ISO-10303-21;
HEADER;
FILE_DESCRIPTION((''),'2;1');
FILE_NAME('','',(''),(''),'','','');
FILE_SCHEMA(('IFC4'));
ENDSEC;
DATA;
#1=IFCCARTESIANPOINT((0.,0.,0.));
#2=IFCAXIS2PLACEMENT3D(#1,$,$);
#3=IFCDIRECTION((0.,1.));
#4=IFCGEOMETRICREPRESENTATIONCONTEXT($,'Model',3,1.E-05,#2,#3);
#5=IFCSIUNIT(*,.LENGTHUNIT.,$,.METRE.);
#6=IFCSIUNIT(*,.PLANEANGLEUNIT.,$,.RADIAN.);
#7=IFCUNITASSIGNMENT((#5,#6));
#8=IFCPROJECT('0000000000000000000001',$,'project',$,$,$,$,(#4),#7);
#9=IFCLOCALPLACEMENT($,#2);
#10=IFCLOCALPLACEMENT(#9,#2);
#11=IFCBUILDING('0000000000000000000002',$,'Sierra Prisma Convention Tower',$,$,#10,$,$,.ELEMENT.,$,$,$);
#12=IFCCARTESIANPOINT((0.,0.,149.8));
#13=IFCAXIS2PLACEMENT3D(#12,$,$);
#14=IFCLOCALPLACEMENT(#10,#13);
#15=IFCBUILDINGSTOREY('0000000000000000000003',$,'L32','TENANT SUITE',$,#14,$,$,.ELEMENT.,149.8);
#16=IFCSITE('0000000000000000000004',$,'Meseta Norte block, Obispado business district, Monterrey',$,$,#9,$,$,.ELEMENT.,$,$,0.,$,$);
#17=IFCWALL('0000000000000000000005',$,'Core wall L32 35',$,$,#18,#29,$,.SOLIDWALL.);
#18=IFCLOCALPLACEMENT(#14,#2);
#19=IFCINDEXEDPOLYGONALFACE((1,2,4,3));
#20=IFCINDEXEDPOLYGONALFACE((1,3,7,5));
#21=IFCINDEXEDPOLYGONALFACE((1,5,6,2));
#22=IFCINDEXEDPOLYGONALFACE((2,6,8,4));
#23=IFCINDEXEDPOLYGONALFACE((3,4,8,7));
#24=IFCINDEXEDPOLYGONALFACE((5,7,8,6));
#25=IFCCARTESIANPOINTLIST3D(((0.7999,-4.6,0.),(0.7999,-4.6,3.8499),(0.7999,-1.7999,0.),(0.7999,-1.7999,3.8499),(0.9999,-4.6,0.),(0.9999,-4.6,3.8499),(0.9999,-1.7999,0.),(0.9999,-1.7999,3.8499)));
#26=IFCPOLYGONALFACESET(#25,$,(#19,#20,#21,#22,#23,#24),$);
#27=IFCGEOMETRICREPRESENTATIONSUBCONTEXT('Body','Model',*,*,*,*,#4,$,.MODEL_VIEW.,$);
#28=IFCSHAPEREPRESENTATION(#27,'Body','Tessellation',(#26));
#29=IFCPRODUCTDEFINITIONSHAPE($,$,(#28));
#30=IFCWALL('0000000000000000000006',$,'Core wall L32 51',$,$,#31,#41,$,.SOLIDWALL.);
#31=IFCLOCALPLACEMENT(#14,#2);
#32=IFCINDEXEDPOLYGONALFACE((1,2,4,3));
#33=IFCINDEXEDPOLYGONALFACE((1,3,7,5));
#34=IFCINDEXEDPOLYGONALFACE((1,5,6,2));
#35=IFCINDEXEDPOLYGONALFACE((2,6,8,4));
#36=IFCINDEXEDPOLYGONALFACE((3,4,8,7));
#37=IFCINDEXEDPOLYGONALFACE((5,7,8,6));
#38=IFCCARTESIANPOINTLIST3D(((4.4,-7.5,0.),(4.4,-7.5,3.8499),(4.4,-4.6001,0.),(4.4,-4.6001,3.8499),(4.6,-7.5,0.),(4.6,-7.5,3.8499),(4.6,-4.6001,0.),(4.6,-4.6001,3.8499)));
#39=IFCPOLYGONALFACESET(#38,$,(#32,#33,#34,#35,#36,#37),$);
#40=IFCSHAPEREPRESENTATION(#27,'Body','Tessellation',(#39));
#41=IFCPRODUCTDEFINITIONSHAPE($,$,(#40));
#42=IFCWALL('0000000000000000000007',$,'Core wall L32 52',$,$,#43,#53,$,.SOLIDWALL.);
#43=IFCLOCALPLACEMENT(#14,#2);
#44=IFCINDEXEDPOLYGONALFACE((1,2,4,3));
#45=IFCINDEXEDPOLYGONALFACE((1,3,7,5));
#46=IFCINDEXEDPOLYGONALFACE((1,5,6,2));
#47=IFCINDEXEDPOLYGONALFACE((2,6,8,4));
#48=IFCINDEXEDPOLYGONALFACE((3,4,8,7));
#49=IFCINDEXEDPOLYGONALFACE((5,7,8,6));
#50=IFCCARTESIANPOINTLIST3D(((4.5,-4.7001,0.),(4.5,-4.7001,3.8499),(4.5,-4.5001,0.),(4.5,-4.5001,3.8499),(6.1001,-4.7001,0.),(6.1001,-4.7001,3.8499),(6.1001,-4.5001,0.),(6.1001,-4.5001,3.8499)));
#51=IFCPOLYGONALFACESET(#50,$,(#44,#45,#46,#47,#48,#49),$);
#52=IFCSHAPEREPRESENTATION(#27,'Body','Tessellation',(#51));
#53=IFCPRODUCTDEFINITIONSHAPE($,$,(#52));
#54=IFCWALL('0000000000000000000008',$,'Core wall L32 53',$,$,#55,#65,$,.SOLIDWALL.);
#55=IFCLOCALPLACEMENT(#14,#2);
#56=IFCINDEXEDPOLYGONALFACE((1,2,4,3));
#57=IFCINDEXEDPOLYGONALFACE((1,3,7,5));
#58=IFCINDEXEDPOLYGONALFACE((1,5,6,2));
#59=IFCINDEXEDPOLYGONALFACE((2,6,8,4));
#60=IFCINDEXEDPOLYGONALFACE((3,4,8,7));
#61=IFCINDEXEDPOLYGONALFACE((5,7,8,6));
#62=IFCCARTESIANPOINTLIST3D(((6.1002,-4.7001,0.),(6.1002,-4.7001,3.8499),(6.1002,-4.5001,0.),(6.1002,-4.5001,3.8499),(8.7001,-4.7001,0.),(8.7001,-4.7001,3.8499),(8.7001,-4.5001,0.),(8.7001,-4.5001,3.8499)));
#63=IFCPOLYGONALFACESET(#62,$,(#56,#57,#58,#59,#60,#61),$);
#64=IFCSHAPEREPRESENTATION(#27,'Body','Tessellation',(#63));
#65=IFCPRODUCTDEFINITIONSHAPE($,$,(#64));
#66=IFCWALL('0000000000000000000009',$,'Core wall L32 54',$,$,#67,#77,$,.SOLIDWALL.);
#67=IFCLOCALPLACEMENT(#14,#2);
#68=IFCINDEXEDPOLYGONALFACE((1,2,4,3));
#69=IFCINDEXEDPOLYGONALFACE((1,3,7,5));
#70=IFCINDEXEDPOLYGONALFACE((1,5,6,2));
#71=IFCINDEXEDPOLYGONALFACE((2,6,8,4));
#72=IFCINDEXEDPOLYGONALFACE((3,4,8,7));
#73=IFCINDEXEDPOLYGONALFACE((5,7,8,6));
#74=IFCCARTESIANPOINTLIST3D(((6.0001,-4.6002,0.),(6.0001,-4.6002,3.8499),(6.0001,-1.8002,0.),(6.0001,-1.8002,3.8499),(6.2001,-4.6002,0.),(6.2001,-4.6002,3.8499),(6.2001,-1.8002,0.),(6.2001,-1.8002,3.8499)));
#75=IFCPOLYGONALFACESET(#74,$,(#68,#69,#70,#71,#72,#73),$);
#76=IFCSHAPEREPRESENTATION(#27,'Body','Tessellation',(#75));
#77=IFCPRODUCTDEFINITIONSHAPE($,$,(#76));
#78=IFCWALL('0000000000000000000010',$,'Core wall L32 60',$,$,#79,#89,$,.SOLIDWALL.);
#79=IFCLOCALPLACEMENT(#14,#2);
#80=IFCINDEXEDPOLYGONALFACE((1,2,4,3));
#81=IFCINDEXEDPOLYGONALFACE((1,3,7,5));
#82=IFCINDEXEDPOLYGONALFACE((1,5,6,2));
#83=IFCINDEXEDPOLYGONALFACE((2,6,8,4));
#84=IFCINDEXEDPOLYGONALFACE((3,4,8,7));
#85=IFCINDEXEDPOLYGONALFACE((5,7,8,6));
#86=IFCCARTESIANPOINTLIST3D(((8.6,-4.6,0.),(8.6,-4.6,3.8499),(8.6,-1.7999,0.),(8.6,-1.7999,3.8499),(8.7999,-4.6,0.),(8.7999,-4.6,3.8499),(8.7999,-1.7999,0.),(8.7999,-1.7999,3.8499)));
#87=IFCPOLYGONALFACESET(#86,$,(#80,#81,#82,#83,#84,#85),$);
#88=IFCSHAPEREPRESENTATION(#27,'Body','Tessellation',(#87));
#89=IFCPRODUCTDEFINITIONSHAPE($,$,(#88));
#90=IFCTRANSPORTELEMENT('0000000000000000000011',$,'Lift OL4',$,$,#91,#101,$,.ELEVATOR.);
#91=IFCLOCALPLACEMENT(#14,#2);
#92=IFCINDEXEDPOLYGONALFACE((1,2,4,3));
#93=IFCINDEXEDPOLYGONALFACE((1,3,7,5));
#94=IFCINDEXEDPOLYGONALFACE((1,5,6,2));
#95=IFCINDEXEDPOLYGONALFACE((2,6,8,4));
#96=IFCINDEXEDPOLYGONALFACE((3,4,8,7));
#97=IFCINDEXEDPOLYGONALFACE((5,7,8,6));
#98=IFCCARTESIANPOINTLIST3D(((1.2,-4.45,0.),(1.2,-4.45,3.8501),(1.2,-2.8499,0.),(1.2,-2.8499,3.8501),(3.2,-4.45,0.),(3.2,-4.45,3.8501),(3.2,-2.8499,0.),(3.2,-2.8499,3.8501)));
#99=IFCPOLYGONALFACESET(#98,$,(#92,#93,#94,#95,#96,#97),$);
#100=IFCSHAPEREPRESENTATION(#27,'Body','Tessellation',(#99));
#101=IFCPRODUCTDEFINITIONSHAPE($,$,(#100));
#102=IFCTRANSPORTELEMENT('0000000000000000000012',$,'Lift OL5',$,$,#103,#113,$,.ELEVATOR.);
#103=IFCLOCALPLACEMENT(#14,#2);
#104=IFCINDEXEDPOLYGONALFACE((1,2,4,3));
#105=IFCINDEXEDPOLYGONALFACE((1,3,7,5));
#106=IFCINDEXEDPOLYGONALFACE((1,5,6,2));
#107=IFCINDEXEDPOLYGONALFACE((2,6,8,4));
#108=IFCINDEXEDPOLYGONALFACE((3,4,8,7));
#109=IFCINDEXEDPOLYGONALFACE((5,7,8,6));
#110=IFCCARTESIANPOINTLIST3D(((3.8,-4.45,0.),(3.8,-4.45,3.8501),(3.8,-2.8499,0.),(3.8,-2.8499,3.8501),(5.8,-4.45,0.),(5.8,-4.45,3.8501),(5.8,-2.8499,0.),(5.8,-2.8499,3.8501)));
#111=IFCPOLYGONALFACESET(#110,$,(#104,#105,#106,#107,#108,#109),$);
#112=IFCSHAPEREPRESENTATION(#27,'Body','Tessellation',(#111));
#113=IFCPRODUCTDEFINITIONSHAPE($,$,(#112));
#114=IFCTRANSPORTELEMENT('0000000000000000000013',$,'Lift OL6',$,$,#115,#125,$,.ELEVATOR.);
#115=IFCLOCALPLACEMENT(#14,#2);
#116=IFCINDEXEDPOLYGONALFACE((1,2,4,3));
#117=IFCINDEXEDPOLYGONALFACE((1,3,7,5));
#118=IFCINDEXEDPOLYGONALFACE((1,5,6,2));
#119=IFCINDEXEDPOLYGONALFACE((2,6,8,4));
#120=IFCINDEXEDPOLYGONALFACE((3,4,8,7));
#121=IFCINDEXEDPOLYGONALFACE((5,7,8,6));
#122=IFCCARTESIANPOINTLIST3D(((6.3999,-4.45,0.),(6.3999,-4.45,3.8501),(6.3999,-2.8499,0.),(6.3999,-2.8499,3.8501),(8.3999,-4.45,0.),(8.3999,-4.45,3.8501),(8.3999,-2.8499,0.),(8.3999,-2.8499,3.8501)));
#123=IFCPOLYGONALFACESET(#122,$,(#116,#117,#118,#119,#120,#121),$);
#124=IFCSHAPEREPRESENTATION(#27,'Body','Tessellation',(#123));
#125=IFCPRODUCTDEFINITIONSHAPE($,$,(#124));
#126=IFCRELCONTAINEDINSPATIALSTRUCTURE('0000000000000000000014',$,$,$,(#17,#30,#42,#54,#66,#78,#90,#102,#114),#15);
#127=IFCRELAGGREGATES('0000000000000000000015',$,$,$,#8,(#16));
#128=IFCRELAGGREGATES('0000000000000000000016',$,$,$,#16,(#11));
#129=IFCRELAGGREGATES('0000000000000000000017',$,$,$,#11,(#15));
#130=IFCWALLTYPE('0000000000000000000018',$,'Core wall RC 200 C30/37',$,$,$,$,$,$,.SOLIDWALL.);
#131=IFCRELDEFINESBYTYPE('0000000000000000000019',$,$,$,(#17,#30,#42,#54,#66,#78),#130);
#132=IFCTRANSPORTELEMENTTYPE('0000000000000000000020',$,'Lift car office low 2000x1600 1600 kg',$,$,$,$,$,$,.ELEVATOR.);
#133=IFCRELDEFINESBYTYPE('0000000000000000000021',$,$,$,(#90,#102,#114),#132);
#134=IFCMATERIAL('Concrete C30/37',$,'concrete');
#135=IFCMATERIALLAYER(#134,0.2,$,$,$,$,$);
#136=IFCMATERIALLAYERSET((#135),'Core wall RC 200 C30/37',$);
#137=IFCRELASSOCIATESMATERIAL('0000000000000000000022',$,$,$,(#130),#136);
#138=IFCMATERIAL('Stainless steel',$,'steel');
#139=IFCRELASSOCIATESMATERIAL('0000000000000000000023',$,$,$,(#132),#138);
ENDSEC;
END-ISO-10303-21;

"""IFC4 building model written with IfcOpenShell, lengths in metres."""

from ifc_helpers import new_model, si_unit, direction, frame, frame_2d, origin, origin_2d, place, context, subcontext, project, spatial, rectangle, extrude, material, layer, layer_set, type_object, element, save


model = new_model("IFC4")

# Units and contexts
model_context = context("Model", 3, precision=1e-05, world=origin(), true_north=direction((0.0, 1.0)))
body_context = subcontext(model_context, "Body", "Model", "MODEL_VIEW")
ifc_project = project(units=[si_unit("LENGTHUNIT", "METRE"), si_unit("PLANEANGLEUNIT", "RADIAN")], contexts=[model_context])

# Site, building, storey
site_placement = place(None, origin())
site = spatial("IfcSite", under=ifc_project, at=site_placement, Name="Meseta Norte block, Obispado business district, Monterrey", CompositionType="ELEMENT", RefElevation=0.0)
building_placement = place(site_placement, origin())
building = spatial("IfcBuilding", under=site, at=building_placement, Name="Sierra Prisma Convention Tower", CompositionType="ELEMENT")
storey_placement = place(building_placement, frame((0.0, 0.0, 149.8)))
storey = spatial("IfcBuildingStorey", under=building, at=storey_placement, Name="L32", Description="TENANT SUITE", CompositionType="ELEMENT", Elevation=149.8)

# Shared definitions
ifc_material_1 = material(Name="Concrete C30/37", Category="concrete")
ifc_layer = layer(ifc_material_1, 0.2)
ifc_layer_set = layer_set([ifc_layer], Name="Core wall RC 200 C30/37")
wall_type = type_object("IfcWallType", Name="Core wall RC 200 C30/37", PredefinedType="SOLIDWALL", material=ifc_layer_set)

# Wall
wall_1_placement = place(storey_placement, frame((0.8999, -1.8, 0.0), z_axis=(0.0, 0.0, 1.0), x_axis=(0.0, -1.0, 0.0)))
element("IfcWall", 1, at=wall_1_placement, inside=storey, type_object=wall_type, Name="Core wall L32 35", PredefinedType="SOLIDWALL", context=body_context, shape_type="SweptSolid", body=[
    extrude(rectangle(XDim=2.8, YDim=0.2, at=frame_2d((1.3999, 0.0))), origin(), (0.0, 0.0, 1.0), 3.8499),
])

# Walls
wall_2_placement = place(storey_placement, frame((4.5, -4.6001, 0.0), z_axis=(0.0, 0.0, 1.0), x_axis=(0.0, -1.0, 0.0)))
element("IfcWall", 2, at=wall_2_placement, inside=storey, type_object=wall_type, Name="Core wall L32 51", PredefinedType="SOLIDWALL", context=body_context, shape_type="SweptSolid", body=[
    extrude(rectangle(XDim=2.8999, YDim=0.2, at=frame_2d((1.45, 0.0))), origin(), (0.0, 0.0, 1.0), 3.8499),
])
wall_3_placement = place(storey_placement, frame((6.1001, -4.6001, 0.0), z_axis=(0.0, 0.0, 1.0), x_axis=(-1.0, 0.0, 0.0)))
element("IfcWall", 3, at=wall_3_placement, inside=storey, type_object=wall_type, Name="Core wall L32 52", PredefinedType="SOLIDWALL", context=body_context, shape_type="SweptSolid", body=[
    extrude(rectangle(XDim=1.6001, YDim=0.2, at=frame_2d((0.8, 0.0))), origin(), (0.0, 0.0, 1.0), 3.8499),
])
wall_4_placement = place(storey_placement, frame((8.7, -4.6001, 0.0), z_axis=(0.0, 0.0, 1.0), x_axis=(-1.0, 0.0, 0.0)))
element("IfcWall", 4, at=wall_4_placement, inside=storey, type_object=wall_type, Name="Core wall L32 53", PredefinedType="SOLIDWALL", context=body_context, shape_type="SweptSolid", body=[
    extrude(rectangle(XDim=2.5999, YDim=0.2, at=frame_2d((1.2998, 0.0))), origin(), (0.0, 0.0, 1.0), 3.8499),
])
wall_5_placement = place(storey_placement, frame((6.1001, -4.6001, 0.0), z_axis=(0.0, 0.0, 1.0), x_axis=(0.0, 1.0, 0.0)))
element("IfcWall", 5, at=wall_5_placement, inside=storey, type_object=wall_type, Name="Core wall L32 54", PredefinedType="SOLIDWALL", context=body_context, shape_type="SweptSolid", body=[
    extrude(rectangle(XDim=2.8, YDim=0.2, at=frame_2d((1.3999, 0.0))), origin(), (0.0, 0.0, 1.0), 3.8499),
])

# Wall
wall_6_placement = place(storey_placement, frame((8.7, -1.8, 0.0), z_axis=(0.0, 0.0, 1.0), x_axis=(0.0, -1.0, 0.0)))
element("IfcWall", 6, at=wall_6_placement, inside=storey, type_object=wall_type, Name="Core wall L32 60", PredefinedType="SOLIDWALL", context=body_context, shape_type="SweptSolid", body=[
    extrude(rectangle(XDim=2.8, YDim=0.2, at=frame_2d((1.3999, 0.0))), origin(), (0.0, 0.0, 1.0), 3.8499),
])

# Transport elements
ifc_material_2 = material(Name="Stainless steel", Category="steel")
transport_element_type = type_object("IfcTransportElementType", Name="Lift car office low 2000x1600 1600 kg", PredefinedType="ELEVATOR", material=ifc_material_2)
for number, where, z_axis, x_axis, name in (
    (7, (2.2, -3.6499, 0.0), (0.0, 0.0, 1.0), (1.0, 0.0, 0.0), "Lift OL4"),
    (8, (4.8, -3.6499, 0.0), (0.0, 0.0, 1.0), (1.0, 0.0, 0.0), "Lift OL5"),
    (9, (7.3999, -3.6499, 0.0), (0.0, 0.0, 1.0), (1.0, 0.0, 0.0), "Lift OL6"),
):
    element("IfcTransportElement", number, at=place(storey_placement, frame(where, z_axis=z_axis, x_axis=x_axis)), inside=storey, type_object=transport_element_type, Name=name, PredefinedType="ELEVATOR", context=body_context, shape_type="SweptSolid", body=[
        extrude(rectangle(XDim=2.0, YDim=1.6001, at=origin_2d()), origin(), (0.0, 0.0, 1.0), 3.8501),
    ])

save(model, "model.ifc")
